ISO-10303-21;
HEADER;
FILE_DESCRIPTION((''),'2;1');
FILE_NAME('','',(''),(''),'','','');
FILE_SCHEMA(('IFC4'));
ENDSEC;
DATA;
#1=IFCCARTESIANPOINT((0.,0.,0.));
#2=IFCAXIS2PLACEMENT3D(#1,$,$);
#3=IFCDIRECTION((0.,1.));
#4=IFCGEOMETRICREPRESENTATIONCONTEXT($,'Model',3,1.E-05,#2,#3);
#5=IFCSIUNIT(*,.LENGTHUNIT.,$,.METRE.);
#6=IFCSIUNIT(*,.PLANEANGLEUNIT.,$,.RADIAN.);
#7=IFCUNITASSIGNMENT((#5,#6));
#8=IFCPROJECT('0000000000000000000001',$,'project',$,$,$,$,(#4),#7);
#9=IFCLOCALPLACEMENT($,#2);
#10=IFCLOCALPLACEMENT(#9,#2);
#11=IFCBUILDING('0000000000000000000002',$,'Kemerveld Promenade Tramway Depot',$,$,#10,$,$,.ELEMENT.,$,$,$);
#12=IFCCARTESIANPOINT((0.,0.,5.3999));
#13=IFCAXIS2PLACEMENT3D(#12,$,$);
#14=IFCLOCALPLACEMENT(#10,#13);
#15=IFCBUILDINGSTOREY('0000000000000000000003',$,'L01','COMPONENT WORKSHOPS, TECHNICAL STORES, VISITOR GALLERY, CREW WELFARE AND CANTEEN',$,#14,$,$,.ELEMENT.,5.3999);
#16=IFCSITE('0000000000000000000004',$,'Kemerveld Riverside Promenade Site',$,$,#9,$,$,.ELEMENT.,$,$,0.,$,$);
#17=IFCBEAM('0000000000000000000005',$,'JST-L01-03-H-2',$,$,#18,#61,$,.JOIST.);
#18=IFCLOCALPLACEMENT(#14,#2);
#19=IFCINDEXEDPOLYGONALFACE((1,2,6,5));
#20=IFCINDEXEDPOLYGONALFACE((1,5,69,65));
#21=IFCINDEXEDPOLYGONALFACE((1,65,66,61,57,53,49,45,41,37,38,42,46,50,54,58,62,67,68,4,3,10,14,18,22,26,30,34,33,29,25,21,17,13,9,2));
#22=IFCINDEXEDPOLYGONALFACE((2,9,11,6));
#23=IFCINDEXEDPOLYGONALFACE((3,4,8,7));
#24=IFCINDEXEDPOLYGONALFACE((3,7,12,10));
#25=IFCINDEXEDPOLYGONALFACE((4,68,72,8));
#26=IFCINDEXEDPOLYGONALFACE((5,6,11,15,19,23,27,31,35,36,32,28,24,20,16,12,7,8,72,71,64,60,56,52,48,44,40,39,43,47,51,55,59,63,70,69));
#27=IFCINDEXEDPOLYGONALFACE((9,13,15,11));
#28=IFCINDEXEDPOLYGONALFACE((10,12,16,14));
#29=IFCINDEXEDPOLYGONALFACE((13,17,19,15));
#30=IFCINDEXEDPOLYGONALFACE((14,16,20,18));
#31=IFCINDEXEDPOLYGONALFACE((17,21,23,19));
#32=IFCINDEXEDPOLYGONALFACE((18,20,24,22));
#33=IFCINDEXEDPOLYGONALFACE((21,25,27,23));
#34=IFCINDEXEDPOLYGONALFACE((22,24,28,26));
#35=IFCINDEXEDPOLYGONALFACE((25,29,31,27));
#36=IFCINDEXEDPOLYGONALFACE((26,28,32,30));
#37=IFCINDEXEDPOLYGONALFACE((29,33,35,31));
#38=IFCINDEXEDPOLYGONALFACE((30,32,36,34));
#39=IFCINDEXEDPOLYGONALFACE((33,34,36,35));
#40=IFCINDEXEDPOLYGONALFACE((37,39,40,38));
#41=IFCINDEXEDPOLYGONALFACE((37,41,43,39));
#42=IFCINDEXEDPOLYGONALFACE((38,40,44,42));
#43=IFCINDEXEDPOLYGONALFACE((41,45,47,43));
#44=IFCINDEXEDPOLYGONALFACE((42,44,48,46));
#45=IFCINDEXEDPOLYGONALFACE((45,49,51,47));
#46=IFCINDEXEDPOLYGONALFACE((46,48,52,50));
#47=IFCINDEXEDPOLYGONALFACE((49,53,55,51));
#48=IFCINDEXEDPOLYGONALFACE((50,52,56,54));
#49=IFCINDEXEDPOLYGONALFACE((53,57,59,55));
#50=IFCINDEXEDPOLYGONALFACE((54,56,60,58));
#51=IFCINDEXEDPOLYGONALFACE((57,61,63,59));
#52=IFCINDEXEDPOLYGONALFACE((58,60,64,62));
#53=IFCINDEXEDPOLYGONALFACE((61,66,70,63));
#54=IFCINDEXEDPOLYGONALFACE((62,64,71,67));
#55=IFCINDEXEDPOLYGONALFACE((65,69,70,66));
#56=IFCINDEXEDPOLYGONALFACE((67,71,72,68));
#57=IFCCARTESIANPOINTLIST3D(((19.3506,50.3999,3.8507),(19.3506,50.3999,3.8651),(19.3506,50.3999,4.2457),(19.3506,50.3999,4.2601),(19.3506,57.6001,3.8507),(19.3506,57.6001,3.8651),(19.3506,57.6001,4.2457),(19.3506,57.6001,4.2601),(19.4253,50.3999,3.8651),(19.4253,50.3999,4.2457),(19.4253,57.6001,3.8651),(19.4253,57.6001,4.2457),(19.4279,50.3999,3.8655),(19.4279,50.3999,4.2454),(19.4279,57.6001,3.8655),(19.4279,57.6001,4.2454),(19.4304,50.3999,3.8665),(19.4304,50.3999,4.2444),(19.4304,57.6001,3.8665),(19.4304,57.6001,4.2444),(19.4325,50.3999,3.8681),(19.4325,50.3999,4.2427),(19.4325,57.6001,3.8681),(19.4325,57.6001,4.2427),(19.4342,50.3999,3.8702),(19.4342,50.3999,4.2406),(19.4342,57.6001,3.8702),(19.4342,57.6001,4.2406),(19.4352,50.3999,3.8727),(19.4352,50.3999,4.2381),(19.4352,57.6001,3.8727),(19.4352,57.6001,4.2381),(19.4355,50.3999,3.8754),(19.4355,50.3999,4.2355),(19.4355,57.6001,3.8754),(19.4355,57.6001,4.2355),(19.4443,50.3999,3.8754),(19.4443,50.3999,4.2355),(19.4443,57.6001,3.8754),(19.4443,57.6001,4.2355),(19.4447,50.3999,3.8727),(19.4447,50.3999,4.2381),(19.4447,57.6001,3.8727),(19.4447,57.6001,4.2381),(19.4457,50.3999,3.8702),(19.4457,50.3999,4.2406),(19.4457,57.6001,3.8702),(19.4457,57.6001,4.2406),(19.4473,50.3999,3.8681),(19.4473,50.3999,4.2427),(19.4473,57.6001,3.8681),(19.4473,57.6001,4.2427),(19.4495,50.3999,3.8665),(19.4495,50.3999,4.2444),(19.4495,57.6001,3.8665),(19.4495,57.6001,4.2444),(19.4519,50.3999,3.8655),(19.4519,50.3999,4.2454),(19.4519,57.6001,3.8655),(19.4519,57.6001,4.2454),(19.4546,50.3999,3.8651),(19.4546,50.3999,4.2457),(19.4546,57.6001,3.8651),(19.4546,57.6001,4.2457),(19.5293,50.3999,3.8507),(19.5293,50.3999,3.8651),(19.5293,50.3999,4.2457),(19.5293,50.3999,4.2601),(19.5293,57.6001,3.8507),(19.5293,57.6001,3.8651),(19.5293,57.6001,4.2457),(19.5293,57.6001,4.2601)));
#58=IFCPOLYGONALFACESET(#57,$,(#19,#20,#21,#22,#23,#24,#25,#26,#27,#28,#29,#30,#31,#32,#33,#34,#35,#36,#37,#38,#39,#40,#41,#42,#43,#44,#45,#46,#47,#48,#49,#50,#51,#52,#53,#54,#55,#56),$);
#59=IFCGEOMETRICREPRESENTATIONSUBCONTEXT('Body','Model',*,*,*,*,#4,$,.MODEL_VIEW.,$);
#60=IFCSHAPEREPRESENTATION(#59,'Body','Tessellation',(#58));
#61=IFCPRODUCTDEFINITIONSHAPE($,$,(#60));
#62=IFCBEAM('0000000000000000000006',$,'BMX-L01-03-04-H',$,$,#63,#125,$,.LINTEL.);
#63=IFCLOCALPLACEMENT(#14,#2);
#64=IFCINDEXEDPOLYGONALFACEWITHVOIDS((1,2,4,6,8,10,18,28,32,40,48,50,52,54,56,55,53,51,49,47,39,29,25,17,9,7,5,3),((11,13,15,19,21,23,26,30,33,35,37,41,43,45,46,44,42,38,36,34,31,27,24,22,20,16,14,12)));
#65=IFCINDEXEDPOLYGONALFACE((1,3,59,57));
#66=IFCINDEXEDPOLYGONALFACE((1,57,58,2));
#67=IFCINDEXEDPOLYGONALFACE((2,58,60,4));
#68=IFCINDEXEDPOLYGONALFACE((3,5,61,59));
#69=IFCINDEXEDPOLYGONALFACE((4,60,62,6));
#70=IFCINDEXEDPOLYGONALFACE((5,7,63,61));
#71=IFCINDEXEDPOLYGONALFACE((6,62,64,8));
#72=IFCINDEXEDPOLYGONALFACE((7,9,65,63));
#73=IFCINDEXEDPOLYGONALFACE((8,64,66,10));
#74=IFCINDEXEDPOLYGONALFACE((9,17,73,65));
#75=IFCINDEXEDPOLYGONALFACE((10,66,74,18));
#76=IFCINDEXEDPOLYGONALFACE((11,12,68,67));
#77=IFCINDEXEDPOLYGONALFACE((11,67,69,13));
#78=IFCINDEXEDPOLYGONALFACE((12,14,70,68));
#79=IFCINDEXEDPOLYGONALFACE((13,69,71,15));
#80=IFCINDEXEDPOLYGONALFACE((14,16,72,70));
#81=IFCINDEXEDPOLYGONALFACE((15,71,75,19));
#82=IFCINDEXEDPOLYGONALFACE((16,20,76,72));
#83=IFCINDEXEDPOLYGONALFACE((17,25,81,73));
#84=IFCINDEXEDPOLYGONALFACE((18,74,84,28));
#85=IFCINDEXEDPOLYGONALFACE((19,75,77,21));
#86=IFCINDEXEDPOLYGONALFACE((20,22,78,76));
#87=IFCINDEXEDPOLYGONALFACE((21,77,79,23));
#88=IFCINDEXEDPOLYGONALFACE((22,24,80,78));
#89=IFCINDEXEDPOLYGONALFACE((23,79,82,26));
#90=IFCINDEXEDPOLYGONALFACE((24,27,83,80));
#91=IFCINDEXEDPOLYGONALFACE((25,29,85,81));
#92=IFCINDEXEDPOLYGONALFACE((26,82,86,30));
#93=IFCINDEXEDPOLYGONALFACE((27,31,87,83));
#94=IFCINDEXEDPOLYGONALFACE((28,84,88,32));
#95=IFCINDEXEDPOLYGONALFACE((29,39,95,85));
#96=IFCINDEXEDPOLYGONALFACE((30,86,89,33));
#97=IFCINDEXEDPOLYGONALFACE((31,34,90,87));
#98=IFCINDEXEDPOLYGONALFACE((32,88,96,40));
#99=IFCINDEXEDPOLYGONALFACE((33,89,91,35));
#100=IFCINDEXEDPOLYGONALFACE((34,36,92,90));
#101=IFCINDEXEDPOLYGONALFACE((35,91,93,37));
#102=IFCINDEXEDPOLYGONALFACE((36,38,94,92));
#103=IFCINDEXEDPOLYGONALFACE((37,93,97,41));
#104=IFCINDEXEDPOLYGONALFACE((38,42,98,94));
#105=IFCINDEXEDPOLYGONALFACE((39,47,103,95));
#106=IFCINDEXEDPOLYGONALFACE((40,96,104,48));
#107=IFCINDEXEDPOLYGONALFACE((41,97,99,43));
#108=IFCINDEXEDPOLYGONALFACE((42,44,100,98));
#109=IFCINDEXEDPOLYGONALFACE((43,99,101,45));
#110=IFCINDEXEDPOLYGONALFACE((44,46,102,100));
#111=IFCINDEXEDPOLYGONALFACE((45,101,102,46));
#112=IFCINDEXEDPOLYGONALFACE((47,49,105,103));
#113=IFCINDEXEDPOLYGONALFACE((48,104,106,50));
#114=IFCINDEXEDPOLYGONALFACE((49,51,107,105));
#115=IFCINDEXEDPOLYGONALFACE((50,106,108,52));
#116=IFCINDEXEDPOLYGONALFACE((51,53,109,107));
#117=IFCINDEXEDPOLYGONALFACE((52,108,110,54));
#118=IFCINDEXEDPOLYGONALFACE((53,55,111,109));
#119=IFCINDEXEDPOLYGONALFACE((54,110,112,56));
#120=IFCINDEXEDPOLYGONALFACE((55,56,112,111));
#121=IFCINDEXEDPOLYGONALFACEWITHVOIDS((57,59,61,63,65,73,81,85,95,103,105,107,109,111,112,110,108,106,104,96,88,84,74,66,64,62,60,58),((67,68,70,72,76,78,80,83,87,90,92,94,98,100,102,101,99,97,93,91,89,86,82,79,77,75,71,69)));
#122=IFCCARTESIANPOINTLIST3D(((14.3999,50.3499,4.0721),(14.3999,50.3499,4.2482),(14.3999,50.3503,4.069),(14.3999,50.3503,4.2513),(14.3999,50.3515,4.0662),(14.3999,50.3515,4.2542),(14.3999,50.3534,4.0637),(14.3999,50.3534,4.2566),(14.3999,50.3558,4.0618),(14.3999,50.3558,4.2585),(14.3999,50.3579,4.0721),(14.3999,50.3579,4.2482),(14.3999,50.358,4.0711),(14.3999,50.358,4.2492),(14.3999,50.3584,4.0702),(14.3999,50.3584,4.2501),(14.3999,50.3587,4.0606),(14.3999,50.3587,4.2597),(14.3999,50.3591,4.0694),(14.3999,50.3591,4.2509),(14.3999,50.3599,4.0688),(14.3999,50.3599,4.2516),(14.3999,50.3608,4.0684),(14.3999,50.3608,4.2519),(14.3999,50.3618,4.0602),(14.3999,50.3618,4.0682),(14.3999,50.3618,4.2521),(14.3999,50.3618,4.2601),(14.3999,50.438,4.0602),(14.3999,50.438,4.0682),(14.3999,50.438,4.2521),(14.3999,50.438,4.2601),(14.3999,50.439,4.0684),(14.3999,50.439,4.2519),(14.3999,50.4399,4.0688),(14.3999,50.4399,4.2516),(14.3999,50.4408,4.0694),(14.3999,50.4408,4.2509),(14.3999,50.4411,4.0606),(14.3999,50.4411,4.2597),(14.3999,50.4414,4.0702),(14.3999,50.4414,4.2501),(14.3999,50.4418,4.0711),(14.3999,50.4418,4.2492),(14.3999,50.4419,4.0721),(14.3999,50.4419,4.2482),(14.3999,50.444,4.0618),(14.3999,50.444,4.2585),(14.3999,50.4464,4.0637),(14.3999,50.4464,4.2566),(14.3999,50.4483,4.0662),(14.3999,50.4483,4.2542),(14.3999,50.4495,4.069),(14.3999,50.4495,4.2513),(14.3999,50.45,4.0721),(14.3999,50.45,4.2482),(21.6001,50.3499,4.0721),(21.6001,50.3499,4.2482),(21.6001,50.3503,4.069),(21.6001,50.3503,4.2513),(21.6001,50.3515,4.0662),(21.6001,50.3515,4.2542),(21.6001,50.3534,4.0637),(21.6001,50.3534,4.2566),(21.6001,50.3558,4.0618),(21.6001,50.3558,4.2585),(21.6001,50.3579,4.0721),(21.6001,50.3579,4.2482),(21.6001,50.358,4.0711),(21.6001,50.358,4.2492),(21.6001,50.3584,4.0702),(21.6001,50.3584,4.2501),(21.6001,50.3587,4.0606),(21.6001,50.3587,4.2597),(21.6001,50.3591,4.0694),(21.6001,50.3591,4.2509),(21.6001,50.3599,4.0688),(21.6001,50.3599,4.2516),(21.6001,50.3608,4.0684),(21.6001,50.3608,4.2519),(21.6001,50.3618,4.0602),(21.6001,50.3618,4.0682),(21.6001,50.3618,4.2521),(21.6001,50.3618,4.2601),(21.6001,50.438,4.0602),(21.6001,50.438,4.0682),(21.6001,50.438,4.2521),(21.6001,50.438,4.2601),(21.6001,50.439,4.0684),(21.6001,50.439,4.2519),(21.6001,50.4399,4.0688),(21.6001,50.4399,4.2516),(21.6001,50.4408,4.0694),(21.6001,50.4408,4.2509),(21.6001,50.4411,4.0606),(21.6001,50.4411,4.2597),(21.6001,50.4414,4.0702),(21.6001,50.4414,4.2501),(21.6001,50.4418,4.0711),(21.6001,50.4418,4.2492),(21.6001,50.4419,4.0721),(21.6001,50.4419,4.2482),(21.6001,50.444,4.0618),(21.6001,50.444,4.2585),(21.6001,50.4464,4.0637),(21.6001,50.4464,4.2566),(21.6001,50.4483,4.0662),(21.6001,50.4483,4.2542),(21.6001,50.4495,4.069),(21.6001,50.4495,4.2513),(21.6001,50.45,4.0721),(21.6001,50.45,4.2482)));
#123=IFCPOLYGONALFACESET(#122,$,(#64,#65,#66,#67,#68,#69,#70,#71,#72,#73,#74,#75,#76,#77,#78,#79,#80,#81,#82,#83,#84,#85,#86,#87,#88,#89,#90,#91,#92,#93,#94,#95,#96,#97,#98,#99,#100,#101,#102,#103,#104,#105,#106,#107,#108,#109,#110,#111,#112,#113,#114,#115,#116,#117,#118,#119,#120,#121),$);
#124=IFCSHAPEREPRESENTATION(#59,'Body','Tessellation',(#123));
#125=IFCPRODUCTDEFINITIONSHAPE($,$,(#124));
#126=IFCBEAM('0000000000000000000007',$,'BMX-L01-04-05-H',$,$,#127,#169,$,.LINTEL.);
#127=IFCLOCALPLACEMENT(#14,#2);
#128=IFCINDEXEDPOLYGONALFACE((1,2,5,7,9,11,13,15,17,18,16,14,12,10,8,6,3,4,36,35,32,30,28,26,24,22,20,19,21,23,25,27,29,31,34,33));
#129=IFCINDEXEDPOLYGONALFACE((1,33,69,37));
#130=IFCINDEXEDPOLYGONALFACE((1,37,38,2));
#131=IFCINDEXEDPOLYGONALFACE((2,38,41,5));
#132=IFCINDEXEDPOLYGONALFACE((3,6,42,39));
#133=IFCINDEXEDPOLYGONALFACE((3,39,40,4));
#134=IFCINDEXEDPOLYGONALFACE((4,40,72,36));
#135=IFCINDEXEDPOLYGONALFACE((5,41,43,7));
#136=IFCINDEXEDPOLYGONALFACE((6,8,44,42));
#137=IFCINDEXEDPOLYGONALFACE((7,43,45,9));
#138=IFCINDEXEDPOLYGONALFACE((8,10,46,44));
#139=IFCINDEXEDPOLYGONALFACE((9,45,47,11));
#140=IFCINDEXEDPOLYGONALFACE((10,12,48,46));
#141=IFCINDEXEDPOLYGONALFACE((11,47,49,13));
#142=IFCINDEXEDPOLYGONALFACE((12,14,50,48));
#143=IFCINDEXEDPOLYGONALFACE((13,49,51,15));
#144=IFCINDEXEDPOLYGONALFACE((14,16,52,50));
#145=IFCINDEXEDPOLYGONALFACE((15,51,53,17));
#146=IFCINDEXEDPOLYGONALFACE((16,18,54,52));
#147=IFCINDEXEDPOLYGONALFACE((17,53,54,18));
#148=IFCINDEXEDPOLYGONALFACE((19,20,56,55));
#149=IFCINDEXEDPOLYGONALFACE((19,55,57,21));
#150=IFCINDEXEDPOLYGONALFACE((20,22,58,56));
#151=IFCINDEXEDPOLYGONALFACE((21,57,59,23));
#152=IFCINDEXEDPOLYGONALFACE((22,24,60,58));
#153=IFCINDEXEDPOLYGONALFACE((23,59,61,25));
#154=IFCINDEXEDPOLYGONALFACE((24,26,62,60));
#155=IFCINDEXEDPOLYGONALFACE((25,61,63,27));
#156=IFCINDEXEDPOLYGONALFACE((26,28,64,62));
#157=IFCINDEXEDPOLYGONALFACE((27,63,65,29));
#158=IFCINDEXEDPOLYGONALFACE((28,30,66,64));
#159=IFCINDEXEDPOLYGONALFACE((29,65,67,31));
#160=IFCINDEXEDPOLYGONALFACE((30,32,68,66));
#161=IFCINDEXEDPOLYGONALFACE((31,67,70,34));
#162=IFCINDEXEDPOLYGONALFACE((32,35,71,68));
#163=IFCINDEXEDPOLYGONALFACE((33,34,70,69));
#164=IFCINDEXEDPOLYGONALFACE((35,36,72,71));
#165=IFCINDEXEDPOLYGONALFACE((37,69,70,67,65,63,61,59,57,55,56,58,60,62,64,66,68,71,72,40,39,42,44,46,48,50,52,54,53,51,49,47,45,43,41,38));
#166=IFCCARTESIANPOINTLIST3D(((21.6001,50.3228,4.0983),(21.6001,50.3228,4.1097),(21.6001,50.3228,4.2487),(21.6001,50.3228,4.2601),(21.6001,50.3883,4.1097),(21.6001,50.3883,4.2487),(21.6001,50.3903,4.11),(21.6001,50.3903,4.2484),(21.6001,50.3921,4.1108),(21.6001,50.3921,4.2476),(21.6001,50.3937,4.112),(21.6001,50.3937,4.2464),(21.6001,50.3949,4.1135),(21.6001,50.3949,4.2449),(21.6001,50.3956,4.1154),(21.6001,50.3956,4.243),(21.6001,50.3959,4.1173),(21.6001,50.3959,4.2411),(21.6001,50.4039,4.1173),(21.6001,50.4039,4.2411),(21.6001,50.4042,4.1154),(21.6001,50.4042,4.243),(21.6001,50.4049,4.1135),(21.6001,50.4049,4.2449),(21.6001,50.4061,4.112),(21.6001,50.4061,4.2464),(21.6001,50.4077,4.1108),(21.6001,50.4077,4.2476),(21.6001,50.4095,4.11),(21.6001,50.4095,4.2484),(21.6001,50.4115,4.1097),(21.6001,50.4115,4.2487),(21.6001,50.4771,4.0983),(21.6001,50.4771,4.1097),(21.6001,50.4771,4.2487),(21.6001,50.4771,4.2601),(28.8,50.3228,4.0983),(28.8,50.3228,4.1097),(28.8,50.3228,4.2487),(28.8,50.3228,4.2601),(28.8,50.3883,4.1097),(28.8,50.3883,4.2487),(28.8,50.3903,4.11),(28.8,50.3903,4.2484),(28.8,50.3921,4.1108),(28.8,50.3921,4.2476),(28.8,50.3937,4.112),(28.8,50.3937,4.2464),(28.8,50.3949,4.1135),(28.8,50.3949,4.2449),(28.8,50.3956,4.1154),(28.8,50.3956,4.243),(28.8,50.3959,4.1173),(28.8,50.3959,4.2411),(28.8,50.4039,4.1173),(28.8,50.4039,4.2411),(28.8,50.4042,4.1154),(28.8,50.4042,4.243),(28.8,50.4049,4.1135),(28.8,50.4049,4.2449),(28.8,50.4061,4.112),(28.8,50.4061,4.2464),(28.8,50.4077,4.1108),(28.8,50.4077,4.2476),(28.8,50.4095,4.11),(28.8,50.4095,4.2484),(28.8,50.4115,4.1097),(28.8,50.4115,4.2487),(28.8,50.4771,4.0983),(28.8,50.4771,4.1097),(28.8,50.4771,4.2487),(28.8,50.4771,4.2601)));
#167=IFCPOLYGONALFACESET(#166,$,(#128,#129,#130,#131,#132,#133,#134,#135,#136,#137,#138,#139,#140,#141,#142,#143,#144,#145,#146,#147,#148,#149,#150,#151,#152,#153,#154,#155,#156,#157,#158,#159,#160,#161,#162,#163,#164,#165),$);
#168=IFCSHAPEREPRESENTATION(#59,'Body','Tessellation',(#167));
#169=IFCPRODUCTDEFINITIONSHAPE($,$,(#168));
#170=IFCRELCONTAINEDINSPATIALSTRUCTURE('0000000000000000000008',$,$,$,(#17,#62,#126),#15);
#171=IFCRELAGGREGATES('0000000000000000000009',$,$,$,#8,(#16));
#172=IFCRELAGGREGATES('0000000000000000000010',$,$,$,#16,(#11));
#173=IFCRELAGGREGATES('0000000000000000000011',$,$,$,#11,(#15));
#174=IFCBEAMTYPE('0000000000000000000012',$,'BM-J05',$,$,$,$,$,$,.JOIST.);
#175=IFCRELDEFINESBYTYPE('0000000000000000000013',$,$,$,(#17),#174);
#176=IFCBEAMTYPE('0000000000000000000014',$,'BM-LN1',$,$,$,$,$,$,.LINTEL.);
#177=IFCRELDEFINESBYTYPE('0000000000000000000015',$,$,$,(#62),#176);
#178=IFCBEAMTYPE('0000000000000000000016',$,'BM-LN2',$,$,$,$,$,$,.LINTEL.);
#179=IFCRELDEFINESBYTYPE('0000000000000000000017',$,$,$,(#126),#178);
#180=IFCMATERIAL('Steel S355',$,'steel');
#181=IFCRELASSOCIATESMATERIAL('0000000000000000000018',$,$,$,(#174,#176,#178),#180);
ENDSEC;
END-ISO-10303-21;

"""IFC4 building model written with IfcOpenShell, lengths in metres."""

from ifc_helpers import new_model, si_unit, direction, frame, origin, origin_2d, place, context, subcontext, project, spatial, hollow_rectangle, i_section, extrude, material, material_profile, profile_set, type_object, element, save


model = new_model("IFC4")

# Units and contexts
model_context = context("Model", 3, precision=1e-05, world=origin(), true_north=direction((0.0, 1.0)))
body_context = subcontext(model_context, "Body", "Model", "MODEL_VIEW")
ifc_project = project(units=[si_unit("LENGTHUNIT", "METRE"), si_unit("PLANEANGLEUNIT", "RADIAN")], contexts=[model_context])

# Site, building, storey
site_placement = place(None, origin())
site = spatial("IfcSite", under=ifc_project, at=site_placement, Name="Kemerveld Riverside Promenade Site", CompositionType="ELEMENT", RefElevation=0.0)
building_placement = place(site_placement, origin())
building = spatial("IfcBuilding", under=site, at=building_placement, Name="Kemerveld Promenade Tramway Depot", CompositionType="ELEMENT")
storey_placement = place(building_placement, frame((0.0, 0.0, 5.3999)))
storey = spatial("IfcBuildingStorey", under=building, at=storey_placement, Name="L01", Description="COMPONENT WORKSHOPS, TECHNICAL STORES, VISITOR GALLERY, CREW WELFARE AND CANTEEN", CompositionType="ELEMENT", Elevation=5.3999)

# Shared definitions
ifc_material_1 = material(Name="Steel S355", Category="steel")

# Beams
ifc_material_profile_1 = material_profile(ifc_material_1, i_section(OverallWidth=0.1787, OverallDepth=0.4094, WebThickness=0.0088, FlangeThickness=0.0144, FilletRadius=0.0103, at=origin_2d()), Name="406x178x67 UB")
ifc_profile_set_1 = profile_set([ifc_material_profile_1], Name="Steel S355")
beam_type_1 = type_object("IfcBeamType", Name="BM-J05", PredefinedType="JOIST", material=ifc_profile_set_1)
for number, where, z_axis, x_axis, name in (
    (1, (19.4399, 50.3999, 4.0554), (0.0, 1.0, 0.0), (-1.0, 0.0, 0.0), "JST-L01-03-H-2"),
):
    element("IfcBeam", number, at=place(storey_placement, frame(where, z_axis=z_axis, x_axis=x_axis)), inside=storey, type_object=beam_type_1, Name=name, PredefinedType="JOIST", context=body_context, shape_type="SweptSolid", body=[
        extrude(i_section(OverallWidth=0.1787, OverallDepth=0.4094, WebThickness=0.0088, FlangeThickness=0.0144, FilletRadius=0.0103, at=origin_2d()), origin(), (0.0, 0.0, 1.0), 7.2002),
    ])
ifc_material_profile_2 = material_profile(ifc_material_1, hollow_rectangle(XDim=0.1001, YDim=0.2, WallThickness=0.0081, InnerFilletRadius=0.0039, OuterFilletRadius=0.012, at=origin_2d()), Name="200x100x8.0 RHS")
ifc_profile_set_2 = profile_set([ifc_material_profile_2], Name="Steel S355")
beam_type_2 = type_object("IfcBeamType", Name="BM-LN1", PredefinedType="LINTEL", material=ifc_profile_set_2)
beam_1_placement = place(storey_placement, frame((14.3999, 50.3999, 4.1602), z_axis=(1.0, 0.0, 0.0), x_axis=(0.0, 1.0, 0.0)))
element("IfcBeam", 2, at=beam_1_placement, inside=storey, type_object=beam_type_2, Name="BMX-L01-03-04-H", PredefinedType="LINTEL", context=body_context, shape_type="SweptSolid", body=[
    extrude(hollow_rectangle(XDim=0.1001, YDim=0.2, WallThickness=0.0081, InnerFilletRadius=0.0039, OuterFilletRadius=0.012, at=origin_2d()), origin(), (0.0, 0.0, 1.0), 7.2002),
])
ifc_material_profile_3 = material_profile(ifc_material_1, i_section(OverallWidth=0.1543, OverallDepth=0.1619, WebThickness=0.0081, FlangeThickness=0.0115, FilletRadius=0.0076, at=origin_2d()), Name="152x152x37 UC")
ifc_profile_set_3 = profile_set([ifc_material_profile_3], Name="Steel S355")
beam_type_3 = type_object("IfcBeamType", Name="BM-LN2", PredefinedType="LINTEL", material=ifc_profile_set_3)
beam_2_placement = place(storey_placement, frame((21.6001, 50.3999, 4.1792), z_axis=(1.0, 0.0, 0.0), x_axis=(0.0, 1.0, 0.0)))
element("IfcBeam", 3, at=beam_2_placement, inside=storey, type_object=beam_type_3, Name="BMX-L01-04-05-H", PredefinedType="LINTEL", context=body_context, shape_type="SweptSolid", body=[
    extrude(i_section(OverallWidth=0.1543, OverallDepth=0.1619, WebThickness=0.0081, FlangeThickness=0.0115, FilletRadius=0.0076, at=origin_2d()), origin(), (0.0, 0.0, 1.0), 7.2),
])

save(model, "model.ifc")
